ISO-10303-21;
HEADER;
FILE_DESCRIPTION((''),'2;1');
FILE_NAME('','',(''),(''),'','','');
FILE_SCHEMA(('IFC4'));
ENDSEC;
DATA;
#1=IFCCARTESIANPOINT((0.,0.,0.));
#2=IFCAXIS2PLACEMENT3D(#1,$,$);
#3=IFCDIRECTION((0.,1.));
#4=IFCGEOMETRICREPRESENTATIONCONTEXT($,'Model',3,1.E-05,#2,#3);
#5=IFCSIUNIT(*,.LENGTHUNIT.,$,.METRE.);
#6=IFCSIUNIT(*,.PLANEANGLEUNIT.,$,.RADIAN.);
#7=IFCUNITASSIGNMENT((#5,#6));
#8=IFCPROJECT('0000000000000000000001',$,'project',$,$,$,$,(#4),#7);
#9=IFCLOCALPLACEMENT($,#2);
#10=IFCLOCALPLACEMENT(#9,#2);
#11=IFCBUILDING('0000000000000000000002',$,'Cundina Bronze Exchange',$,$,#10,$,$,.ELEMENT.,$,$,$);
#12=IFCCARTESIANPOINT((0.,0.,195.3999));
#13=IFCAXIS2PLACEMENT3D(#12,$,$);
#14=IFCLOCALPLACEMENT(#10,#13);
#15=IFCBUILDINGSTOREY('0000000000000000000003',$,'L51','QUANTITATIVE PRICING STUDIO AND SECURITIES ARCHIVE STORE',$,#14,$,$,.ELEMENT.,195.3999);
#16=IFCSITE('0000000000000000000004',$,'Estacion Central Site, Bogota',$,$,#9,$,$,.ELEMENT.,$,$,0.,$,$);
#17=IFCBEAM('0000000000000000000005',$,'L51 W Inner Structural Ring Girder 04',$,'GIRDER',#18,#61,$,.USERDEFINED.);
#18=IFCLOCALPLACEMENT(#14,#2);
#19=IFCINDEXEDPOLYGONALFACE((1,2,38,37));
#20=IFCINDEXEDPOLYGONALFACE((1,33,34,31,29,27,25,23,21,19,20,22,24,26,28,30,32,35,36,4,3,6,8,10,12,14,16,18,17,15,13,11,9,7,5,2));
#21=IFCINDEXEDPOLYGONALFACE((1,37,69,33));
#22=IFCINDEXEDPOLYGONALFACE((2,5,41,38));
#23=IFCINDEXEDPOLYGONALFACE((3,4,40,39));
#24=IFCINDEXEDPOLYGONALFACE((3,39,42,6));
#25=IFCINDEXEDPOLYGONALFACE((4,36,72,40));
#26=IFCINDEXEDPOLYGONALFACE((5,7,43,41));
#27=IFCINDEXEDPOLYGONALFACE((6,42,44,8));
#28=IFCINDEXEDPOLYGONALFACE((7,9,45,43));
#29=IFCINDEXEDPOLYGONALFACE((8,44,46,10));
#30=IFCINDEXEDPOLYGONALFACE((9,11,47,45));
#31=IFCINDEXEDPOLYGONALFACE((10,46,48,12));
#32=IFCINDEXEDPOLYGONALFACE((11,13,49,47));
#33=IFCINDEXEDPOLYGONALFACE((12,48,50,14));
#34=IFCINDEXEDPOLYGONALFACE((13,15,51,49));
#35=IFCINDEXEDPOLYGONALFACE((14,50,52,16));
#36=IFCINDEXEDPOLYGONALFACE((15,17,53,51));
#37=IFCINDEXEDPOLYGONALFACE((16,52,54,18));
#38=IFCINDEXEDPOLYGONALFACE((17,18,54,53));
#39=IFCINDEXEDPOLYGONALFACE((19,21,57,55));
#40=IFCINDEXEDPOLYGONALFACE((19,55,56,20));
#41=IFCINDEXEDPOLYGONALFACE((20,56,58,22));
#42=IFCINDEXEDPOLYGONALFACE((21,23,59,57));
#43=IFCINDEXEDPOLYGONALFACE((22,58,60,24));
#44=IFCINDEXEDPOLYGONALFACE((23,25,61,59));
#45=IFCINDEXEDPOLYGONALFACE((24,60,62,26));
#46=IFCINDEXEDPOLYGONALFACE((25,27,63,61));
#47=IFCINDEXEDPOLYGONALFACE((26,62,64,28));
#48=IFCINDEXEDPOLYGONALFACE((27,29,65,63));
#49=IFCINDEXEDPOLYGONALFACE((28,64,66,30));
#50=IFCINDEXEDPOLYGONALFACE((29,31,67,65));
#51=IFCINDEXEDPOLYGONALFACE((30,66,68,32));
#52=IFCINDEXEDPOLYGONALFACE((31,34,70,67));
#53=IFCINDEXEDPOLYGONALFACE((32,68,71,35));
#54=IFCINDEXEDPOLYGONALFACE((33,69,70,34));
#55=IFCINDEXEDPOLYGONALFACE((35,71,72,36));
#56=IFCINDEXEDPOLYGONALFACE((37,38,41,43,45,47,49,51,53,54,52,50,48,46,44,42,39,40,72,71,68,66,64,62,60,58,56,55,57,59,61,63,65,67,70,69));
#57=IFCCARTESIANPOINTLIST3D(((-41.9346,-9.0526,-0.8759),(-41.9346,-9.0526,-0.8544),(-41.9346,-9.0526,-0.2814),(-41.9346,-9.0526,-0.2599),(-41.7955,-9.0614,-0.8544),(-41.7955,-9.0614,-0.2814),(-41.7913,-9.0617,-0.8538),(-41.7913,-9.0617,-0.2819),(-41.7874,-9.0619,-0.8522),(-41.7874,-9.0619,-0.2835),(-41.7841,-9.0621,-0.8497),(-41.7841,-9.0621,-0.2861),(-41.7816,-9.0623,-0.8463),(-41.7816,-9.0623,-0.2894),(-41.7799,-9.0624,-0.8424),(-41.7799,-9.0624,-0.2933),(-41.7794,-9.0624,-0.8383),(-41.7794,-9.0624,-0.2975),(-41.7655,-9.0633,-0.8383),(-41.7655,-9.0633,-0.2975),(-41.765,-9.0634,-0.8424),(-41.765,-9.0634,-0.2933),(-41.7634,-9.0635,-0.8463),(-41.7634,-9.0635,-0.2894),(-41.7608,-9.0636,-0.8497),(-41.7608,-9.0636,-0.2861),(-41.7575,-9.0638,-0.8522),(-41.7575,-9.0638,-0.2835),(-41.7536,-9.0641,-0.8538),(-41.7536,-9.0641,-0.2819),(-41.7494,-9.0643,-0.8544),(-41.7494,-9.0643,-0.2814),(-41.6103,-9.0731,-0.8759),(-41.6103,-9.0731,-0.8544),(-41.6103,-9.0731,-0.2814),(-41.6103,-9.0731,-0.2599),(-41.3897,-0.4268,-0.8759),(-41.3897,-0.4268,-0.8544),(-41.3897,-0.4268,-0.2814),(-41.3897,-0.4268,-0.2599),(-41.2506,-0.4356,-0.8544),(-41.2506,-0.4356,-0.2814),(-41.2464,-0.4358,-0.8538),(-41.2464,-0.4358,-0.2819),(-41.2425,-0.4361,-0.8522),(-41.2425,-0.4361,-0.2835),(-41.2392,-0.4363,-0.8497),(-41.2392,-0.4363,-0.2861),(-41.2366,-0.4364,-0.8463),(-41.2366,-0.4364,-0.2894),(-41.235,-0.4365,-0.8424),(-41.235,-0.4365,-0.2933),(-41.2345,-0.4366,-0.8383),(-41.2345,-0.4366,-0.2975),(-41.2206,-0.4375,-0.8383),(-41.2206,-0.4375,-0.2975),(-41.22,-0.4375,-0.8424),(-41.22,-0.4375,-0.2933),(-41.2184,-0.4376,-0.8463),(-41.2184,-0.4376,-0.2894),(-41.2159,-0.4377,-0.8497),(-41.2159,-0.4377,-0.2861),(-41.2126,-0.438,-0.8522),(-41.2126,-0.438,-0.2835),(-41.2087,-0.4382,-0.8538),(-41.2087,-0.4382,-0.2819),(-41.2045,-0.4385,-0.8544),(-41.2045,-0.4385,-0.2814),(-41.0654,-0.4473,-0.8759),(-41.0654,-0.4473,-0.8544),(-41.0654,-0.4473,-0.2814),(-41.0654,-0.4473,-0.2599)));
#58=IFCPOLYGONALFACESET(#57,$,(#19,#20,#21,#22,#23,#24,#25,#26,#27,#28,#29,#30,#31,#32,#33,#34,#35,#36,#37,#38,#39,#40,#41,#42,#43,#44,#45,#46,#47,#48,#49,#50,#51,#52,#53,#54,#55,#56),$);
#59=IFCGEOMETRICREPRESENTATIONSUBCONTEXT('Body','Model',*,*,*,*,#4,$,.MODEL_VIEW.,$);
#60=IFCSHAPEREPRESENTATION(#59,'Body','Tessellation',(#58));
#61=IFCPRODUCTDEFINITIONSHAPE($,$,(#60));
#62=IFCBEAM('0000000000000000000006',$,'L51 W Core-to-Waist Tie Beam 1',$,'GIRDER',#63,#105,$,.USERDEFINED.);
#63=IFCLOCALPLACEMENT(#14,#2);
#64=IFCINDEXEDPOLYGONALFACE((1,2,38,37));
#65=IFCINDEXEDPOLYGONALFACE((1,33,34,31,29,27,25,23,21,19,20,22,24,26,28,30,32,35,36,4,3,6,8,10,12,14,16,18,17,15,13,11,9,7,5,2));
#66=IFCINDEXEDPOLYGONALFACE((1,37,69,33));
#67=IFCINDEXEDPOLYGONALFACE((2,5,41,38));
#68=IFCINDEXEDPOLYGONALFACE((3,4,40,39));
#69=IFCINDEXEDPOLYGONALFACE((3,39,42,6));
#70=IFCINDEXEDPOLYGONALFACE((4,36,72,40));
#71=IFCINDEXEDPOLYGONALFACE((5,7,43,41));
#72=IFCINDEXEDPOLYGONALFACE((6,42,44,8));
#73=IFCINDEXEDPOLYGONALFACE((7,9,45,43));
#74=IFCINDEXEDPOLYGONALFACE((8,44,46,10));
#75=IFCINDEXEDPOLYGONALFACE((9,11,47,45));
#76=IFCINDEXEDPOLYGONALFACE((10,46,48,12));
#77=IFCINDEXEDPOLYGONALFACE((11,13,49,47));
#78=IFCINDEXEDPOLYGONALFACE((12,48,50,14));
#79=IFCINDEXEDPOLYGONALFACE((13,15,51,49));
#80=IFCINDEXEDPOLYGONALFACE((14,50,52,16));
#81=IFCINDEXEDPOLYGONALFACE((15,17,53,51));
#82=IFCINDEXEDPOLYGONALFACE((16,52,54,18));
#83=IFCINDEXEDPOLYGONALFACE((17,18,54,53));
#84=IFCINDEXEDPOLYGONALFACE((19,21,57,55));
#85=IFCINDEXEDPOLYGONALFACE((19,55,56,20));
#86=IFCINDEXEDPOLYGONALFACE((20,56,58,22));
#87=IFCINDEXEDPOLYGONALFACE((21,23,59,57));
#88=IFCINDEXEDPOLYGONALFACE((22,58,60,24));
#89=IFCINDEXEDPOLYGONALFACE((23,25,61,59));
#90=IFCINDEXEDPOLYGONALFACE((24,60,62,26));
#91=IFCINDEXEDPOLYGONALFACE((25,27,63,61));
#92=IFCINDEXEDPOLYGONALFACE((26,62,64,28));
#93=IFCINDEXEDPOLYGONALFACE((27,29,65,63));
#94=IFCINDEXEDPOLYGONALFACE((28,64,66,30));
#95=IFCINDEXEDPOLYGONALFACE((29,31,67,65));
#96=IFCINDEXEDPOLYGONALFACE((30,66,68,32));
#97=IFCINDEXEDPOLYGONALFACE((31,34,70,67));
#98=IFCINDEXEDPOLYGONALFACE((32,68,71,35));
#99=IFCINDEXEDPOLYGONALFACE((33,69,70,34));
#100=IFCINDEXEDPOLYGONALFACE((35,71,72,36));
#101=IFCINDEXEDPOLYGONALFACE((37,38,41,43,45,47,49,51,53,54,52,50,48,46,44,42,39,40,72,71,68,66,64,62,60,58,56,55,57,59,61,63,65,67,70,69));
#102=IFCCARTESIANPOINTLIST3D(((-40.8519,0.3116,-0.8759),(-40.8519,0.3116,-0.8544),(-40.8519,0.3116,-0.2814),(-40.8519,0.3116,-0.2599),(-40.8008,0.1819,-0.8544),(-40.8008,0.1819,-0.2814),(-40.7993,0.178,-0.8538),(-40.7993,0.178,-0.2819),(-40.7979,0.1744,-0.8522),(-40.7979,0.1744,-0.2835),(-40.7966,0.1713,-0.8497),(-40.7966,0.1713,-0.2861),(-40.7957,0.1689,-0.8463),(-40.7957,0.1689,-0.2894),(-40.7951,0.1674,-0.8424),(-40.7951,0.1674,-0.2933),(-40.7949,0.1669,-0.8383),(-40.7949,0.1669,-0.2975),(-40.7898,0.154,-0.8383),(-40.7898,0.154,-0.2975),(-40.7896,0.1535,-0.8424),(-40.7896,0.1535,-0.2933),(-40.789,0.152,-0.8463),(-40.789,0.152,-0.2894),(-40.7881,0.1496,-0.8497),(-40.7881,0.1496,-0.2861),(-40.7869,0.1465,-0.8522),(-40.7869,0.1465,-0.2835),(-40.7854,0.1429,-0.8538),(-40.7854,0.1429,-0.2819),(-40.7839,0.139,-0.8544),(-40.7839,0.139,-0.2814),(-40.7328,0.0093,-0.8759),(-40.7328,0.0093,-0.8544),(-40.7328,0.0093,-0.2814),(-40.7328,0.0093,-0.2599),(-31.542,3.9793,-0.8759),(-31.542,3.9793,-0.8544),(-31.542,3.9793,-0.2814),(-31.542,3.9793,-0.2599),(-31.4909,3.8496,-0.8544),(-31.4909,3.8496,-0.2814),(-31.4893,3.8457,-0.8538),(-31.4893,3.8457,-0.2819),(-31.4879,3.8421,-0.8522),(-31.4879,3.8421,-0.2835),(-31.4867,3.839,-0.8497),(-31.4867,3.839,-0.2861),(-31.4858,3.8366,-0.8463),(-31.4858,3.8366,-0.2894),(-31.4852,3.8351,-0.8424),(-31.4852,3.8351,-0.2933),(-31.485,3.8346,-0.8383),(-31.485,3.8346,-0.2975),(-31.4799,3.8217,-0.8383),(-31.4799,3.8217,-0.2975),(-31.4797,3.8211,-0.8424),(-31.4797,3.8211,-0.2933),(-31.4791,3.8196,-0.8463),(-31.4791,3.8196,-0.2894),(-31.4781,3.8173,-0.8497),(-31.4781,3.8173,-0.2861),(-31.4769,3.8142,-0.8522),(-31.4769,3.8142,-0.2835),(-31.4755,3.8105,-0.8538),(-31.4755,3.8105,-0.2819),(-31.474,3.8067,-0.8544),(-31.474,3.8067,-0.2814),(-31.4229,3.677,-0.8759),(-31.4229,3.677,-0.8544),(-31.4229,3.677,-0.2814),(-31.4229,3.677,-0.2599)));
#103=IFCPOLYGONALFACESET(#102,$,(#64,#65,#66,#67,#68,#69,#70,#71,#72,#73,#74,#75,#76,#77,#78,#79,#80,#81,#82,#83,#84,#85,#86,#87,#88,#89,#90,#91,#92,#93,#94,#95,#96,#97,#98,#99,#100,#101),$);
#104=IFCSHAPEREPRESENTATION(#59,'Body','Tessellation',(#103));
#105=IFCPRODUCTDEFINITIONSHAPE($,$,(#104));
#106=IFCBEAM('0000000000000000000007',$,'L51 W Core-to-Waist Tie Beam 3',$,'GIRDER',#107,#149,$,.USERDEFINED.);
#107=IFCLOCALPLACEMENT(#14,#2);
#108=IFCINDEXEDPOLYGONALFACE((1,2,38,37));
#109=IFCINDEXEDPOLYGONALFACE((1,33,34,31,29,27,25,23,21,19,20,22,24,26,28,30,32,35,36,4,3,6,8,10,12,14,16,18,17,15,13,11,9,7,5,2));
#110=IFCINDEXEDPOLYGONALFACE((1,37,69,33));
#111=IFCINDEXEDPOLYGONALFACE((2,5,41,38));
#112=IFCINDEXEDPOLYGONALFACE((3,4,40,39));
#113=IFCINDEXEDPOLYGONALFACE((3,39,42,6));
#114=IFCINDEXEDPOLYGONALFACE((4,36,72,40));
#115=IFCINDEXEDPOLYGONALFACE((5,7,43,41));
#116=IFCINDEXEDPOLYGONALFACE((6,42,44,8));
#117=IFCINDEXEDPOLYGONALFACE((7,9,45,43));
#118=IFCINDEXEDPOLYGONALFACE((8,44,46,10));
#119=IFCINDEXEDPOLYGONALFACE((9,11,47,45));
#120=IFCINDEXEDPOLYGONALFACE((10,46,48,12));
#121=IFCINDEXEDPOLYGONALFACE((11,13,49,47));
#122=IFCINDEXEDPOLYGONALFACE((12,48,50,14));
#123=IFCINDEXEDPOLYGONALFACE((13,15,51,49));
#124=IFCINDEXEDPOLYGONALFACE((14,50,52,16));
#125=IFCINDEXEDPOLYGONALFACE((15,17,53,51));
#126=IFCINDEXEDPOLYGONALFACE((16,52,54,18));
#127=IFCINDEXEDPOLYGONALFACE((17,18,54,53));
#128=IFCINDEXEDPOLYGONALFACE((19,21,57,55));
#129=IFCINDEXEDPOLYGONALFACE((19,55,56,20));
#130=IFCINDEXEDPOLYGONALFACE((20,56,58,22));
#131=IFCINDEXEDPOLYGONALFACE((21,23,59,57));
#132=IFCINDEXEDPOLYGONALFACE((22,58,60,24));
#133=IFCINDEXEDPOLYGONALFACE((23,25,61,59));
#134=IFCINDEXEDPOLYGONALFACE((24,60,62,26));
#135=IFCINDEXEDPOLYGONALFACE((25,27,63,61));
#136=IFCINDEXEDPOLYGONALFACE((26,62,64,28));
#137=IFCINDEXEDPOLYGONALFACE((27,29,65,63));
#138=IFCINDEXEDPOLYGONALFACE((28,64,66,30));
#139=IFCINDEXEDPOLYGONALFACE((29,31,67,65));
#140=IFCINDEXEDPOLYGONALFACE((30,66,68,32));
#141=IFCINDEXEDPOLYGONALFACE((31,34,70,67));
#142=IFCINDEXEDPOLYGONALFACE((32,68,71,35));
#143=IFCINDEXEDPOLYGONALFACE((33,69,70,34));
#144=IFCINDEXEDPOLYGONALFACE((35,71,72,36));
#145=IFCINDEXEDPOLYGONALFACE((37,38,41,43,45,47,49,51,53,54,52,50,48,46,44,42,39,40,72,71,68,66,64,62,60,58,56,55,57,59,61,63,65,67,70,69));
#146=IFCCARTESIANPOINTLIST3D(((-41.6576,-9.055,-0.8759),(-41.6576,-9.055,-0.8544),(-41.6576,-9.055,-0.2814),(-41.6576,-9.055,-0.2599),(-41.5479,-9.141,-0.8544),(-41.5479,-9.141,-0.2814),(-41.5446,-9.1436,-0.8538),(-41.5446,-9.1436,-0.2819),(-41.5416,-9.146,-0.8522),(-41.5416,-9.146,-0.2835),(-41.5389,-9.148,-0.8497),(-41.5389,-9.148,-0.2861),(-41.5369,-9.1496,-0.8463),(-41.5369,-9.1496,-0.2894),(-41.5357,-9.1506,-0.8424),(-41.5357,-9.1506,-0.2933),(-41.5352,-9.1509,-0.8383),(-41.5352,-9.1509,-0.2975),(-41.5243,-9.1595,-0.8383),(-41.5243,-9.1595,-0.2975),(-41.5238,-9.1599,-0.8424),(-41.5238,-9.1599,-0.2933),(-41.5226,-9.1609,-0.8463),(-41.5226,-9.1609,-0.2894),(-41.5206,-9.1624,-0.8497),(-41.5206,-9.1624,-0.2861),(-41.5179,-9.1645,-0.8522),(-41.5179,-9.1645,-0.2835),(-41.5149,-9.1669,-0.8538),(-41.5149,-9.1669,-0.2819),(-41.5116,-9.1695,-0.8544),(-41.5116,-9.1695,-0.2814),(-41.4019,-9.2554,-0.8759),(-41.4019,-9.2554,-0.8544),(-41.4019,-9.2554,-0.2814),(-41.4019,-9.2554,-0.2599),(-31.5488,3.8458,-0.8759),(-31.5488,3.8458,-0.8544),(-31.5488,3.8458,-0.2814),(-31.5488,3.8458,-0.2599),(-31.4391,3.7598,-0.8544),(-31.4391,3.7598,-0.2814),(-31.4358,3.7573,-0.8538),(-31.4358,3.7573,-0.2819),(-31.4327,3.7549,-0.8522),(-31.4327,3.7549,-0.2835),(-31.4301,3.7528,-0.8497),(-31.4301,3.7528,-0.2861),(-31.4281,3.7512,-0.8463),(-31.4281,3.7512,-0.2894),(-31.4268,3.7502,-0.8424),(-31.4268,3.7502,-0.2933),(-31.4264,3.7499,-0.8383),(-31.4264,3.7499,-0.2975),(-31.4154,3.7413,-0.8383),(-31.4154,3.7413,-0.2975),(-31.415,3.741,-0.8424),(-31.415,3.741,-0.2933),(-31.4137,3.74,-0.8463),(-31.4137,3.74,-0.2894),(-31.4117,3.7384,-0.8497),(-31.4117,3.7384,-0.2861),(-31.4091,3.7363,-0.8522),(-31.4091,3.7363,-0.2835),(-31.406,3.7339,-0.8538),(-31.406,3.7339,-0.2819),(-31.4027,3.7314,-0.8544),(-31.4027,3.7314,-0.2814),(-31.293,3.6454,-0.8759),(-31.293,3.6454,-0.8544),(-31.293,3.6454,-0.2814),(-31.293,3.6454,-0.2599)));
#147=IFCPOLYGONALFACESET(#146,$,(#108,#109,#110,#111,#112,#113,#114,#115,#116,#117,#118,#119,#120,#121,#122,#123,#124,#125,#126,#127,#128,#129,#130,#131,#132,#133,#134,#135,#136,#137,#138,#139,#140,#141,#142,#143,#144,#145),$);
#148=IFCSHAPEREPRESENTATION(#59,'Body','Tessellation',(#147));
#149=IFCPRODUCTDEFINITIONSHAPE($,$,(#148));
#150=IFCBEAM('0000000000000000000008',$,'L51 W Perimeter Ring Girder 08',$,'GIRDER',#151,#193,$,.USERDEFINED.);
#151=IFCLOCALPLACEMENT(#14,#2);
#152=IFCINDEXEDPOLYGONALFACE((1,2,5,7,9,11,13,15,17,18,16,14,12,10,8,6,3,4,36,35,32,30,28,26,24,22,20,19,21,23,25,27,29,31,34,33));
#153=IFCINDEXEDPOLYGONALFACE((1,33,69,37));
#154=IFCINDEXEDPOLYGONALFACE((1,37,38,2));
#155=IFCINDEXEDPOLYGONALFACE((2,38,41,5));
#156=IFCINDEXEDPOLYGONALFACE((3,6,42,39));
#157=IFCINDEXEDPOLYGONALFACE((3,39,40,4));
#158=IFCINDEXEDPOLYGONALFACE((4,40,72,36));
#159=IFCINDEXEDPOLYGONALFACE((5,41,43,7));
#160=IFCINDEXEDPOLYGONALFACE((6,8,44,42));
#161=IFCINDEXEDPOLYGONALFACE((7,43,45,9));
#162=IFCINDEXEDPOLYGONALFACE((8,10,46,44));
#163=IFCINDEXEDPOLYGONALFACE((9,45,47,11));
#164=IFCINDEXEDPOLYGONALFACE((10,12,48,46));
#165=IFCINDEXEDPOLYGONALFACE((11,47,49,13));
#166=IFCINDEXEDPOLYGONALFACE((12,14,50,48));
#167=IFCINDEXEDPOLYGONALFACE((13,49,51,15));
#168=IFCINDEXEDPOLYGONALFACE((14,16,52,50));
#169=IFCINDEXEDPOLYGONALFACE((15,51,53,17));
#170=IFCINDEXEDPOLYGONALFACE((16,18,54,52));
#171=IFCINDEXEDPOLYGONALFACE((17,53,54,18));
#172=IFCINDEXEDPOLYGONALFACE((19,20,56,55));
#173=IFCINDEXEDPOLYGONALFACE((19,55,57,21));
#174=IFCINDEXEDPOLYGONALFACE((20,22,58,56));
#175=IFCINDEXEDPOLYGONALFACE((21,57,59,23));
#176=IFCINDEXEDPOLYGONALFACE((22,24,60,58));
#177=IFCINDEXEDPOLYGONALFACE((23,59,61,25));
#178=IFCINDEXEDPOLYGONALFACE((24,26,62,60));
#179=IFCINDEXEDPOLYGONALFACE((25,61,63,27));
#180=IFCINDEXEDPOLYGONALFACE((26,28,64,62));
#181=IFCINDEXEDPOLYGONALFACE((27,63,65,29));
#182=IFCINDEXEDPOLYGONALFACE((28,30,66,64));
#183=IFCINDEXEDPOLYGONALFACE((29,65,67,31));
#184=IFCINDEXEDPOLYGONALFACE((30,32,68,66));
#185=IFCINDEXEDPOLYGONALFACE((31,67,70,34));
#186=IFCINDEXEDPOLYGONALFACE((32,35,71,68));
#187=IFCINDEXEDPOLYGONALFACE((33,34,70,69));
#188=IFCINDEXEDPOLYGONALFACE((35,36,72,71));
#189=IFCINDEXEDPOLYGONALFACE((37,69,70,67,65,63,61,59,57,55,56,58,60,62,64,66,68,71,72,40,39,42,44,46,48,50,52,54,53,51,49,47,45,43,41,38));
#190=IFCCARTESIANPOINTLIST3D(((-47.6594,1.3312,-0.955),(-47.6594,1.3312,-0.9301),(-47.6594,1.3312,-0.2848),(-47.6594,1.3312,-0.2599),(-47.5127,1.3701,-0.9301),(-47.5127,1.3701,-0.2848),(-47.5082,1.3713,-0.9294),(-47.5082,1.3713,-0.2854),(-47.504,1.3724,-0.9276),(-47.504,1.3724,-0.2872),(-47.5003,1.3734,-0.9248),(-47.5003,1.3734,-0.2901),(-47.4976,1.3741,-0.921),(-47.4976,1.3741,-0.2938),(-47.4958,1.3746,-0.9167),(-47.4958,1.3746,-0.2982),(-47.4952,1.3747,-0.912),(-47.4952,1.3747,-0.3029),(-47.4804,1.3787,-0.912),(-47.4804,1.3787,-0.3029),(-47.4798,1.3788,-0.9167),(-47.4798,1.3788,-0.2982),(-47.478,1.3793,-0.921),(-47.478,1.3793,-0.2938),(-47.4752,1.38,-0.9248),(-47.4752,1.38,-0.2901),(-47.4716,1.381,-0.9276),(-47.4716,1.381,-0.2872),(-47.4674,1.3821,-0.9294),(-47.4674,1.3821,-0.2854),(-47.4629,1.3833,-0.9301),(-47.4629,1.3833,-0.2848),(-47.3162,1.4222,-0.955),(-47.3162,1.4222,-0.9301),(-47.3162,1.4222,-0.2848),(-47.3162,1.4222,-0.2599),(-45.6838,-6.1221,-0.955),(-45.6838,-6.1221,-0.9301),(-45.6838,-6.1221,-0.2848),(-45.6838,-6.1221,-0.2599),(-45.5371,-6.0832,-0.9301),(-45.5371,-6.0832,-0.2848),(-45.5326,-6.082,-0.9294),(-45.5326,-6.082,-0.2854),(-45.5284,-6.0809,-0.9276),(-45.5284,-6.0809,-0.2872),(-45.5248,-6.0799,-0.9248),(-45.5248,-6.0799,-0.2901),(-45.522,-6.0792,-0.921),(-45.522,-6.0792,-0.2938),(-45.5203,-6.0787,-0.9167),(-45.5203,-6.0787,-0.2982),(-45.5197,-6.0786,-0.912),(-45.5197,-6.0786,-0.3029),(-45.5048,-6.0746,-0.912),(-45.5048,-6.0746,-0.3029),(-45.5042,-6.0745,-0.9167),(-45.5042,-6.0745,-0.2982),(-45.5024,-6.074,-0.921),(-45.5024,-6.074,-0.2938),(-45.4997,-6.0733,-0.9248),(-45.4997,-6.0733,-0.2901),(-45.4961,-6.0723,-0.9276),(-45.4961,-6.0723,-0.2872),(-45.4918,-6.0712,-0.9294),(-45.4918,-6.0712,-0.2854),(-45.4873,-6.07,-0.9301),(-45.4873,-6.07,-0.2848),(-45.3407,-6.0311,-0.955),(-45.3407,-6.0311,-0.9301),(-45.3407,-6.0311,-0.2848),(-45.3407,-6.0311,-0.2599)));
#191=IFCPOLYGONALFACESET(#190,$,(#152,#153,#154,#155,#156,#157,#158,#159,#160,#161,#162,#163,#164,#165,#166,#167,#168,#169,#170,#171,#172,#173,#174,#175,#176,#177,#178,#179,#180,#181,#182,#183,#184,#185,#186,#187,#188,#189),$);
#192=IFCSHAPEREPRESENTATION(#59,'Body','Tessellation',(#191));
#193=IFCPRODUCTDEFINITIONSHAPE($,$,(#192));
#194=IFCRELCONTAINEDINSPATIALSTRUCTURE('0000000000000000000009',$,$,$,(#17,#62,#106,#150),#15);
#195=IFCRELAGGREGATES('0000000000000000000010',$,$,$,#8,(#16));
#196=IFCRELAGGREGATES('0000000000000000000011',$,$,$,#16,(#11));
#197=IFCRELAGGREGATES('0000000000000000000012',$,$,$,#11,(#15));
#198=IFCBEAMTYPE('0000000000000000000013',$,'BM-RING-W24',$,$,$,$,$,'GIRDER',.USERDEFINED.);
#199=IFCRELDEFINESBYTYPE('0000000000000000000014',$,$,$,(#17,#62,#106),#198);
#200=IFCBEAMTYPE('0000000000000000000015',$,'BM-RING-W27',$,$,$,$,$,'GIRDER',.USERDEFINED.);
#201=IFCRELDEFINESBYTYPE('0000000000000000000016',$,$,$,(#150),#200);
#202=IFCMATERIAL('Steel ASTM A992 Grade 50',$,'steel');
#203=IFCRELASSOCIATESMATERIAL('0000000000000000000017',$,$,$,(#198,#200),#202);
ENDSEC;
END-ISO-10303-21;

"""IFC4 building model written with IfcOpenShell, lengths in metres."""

from ifc_helpers import new_model, si_unit, direction, frame, origin, origin_2d, place, context, subcontext, project, spatial, i_section, extrude, material, material_profile, profile_set, type_object, element, save


model = new_model("IFC4")

# Units and contexts
model_context = context("Model", 3, precision=1e-05, world=origin(), true_north=direction((0.0, 1.0)))
body_context = subcontext(model_context, "Body", "Model", "MODEL_VIEW")
ifc_project = project(units=[si_unit("LENGTHUNIT", "METRE"), si_unit("PLANEANGLEUNIT", "RADIAN")], contexts=[model_context])

# Site, building, storey
site_placement = place(None, origin())
site = spatial("IfcSite", under=ifc_project, at=site_placement, Name="Estacion Central Site, Bogota", CompositionType="ELEMENT", RefElevation=0.0)
building_placement = place(site_placement, origin())
building = spatial("IfcBuilding", under=site, at=building_placement, Name="Cundina Bronze Exchange", CompositionType="ELEMENT")
storey_placement = place(building_placement, frame((0.0, 0.0, 195.3999)))
storey = spatial("IfcBuildingStorey", under=building, at=storey_placement, Name="L51", Description="QUANTITATIVE PRICING STUDIO AND SECURITIES ARCHIVE STORE", CompositionType="ELEMENT", Elevation=195.3999)

# Beams
ifc_material_1 = material(Name="Steel ASTM A992 Grade 50", Category="steel")
ifc_material_profile_1 = material_profile(ifc_material_1, i_section(OverallWidth=0.325, OverallDepth=0.616, WebThickness=0.0139, FlangeThickness=0.0215, FilletRadius=0.0161, at=origin_2d()), Name="W24X117", Category="steel")
ifc_profile_set_1 = profile_set([ifc_material_profile_1], Name="Steel ASTM A992 Grade 50")
beam_type_1 = type_object("IfcBeamType", Name="BM-RING-W24", ElementType="GIRDER", PredefinedType="USERDEFINED", material=ifc_profile_set_1)
beam_1_placement = place(storey_placement, frame((-41.2275, -0.437, -0.5679), z_axis=(-0.063047, -0.998011, 0.0), x_axis=(0.998011, -0.063047, 0.0)))
element("IfcBeam", 1, at=beam_1_placement, inside=storey, type_object=beam_type_1, Name="L51 W Inner Structural Ring Girder 04", ObjectType="GIRDER", PredefinedType="USERDEFINED", context=body_context, shape_type="SweptSolid", body=[
    extrude(i_section(OverallWidth=0.325, OverallDepth=0.616, WebThickness=0.0139, FlangeThickness=0.0215, FilletRadius=0.0161, at=origin_2d()), origin(), (0.0, 0.0, 1.0), 8.6431),
])
beam_2_placement = place(storey_placement, frame((-31.4824, 3.8281, -0.5679), z_axis=(-0.930404, -0.366535, 0.0), x_axis=(0.366535, -0.930404, 0.0)))
element("IfcBeam", 2, at=beam_2_placement, inside=storey, type_object=beam_type_1, Name="L51 W Core-to-Waist Tie Beam 1", ObjectType="GIRDER", PredefinedType="USERDEFINED", context=body_context, shape_type="SweptSolid", body=[
    extrude(i_section(OverallWidth=0.325, OverallDepth=0.616, WebThickness=0.0139, FlangeThickness=0.0215, FilletRadius=0.0161, at=origin_2d()), origin(), (0.0, 0.0, 1.0), 10.0063),
])
beam_3_placement = place(storey_placement, frame((-31.4209, 3.7456, -0.5679), z_axis=(-0.616783, -0.787133, 0.0), x_axis=(0.787133, -0.616783, 0.0)))
element("IfcBeam", 3, at=beam_3_placement, inside=storey, type_object=beam_type_1, Name="L51 W Core-to-Waist Tie Beam 3", ObjectType="GIRDER", PredefinedType="USERDEFINED", context=body_context, shape_type="SweptSolid", body=[
    extrude(i_section(OverallWidth=0.325, OverallDepth=0.616, WebThickness=0.0139, FlangeThickness=0.0215, FilletRadius=0.0161, at=origin_2d()), origin(), (0.0, 0.0, 1.0), 16.3896),
])
ifc_material_profile_2 = material_profile(ifc_material_1, i_section(OverallWidth=0.355, OverallDepth=0.6951, WebThickness=0.0154, FlangeThickness=0.0249, FilletRadius=0.0181, at=origin_2d()), Name="W27X146", Category="steel")
ifc_profile_set_2 = profile_set([ifc_material_profile_2], Name="Steel ASTM A992 Grade 50")
beam_type_2 = type_object("IfcBeamType", Name="BM-RING-W27", ElementType="GIRDER", PredefinedType="USERDEFINED", material=ifc_profile_set_2)
for number, where, z_axis, x_axis, name in (
    (4, (-47.4878, 1.3767, -0.6074), (0.256212, -0.966621, 0.0), (0.966621, 0.256212, 0.0), "L51 W Perimeter Ring Girder 08"),
):
    element("IfcBeam", number, at=place(storey_placement, frame(where, z_axis=z_axis, x_axis=x_axis)), inside=storey, type_object=beam_type_2, Name=name, ObjectType="GIRDER", PredefinedType="USERDEFINED", context=body_context, shape_type="SweptSolid", body=[
        extrude(i_section(OverallWidth=0.355, OverallDepth=0.6951, WebThickness=0.0154, FlangeThickness=0.0249, FilletRadius=0.0181, at=origin_2d()), origin(), (0.0, 0.0, 1.0), 7.7107),
    ])

save(model, "model.ifc")
